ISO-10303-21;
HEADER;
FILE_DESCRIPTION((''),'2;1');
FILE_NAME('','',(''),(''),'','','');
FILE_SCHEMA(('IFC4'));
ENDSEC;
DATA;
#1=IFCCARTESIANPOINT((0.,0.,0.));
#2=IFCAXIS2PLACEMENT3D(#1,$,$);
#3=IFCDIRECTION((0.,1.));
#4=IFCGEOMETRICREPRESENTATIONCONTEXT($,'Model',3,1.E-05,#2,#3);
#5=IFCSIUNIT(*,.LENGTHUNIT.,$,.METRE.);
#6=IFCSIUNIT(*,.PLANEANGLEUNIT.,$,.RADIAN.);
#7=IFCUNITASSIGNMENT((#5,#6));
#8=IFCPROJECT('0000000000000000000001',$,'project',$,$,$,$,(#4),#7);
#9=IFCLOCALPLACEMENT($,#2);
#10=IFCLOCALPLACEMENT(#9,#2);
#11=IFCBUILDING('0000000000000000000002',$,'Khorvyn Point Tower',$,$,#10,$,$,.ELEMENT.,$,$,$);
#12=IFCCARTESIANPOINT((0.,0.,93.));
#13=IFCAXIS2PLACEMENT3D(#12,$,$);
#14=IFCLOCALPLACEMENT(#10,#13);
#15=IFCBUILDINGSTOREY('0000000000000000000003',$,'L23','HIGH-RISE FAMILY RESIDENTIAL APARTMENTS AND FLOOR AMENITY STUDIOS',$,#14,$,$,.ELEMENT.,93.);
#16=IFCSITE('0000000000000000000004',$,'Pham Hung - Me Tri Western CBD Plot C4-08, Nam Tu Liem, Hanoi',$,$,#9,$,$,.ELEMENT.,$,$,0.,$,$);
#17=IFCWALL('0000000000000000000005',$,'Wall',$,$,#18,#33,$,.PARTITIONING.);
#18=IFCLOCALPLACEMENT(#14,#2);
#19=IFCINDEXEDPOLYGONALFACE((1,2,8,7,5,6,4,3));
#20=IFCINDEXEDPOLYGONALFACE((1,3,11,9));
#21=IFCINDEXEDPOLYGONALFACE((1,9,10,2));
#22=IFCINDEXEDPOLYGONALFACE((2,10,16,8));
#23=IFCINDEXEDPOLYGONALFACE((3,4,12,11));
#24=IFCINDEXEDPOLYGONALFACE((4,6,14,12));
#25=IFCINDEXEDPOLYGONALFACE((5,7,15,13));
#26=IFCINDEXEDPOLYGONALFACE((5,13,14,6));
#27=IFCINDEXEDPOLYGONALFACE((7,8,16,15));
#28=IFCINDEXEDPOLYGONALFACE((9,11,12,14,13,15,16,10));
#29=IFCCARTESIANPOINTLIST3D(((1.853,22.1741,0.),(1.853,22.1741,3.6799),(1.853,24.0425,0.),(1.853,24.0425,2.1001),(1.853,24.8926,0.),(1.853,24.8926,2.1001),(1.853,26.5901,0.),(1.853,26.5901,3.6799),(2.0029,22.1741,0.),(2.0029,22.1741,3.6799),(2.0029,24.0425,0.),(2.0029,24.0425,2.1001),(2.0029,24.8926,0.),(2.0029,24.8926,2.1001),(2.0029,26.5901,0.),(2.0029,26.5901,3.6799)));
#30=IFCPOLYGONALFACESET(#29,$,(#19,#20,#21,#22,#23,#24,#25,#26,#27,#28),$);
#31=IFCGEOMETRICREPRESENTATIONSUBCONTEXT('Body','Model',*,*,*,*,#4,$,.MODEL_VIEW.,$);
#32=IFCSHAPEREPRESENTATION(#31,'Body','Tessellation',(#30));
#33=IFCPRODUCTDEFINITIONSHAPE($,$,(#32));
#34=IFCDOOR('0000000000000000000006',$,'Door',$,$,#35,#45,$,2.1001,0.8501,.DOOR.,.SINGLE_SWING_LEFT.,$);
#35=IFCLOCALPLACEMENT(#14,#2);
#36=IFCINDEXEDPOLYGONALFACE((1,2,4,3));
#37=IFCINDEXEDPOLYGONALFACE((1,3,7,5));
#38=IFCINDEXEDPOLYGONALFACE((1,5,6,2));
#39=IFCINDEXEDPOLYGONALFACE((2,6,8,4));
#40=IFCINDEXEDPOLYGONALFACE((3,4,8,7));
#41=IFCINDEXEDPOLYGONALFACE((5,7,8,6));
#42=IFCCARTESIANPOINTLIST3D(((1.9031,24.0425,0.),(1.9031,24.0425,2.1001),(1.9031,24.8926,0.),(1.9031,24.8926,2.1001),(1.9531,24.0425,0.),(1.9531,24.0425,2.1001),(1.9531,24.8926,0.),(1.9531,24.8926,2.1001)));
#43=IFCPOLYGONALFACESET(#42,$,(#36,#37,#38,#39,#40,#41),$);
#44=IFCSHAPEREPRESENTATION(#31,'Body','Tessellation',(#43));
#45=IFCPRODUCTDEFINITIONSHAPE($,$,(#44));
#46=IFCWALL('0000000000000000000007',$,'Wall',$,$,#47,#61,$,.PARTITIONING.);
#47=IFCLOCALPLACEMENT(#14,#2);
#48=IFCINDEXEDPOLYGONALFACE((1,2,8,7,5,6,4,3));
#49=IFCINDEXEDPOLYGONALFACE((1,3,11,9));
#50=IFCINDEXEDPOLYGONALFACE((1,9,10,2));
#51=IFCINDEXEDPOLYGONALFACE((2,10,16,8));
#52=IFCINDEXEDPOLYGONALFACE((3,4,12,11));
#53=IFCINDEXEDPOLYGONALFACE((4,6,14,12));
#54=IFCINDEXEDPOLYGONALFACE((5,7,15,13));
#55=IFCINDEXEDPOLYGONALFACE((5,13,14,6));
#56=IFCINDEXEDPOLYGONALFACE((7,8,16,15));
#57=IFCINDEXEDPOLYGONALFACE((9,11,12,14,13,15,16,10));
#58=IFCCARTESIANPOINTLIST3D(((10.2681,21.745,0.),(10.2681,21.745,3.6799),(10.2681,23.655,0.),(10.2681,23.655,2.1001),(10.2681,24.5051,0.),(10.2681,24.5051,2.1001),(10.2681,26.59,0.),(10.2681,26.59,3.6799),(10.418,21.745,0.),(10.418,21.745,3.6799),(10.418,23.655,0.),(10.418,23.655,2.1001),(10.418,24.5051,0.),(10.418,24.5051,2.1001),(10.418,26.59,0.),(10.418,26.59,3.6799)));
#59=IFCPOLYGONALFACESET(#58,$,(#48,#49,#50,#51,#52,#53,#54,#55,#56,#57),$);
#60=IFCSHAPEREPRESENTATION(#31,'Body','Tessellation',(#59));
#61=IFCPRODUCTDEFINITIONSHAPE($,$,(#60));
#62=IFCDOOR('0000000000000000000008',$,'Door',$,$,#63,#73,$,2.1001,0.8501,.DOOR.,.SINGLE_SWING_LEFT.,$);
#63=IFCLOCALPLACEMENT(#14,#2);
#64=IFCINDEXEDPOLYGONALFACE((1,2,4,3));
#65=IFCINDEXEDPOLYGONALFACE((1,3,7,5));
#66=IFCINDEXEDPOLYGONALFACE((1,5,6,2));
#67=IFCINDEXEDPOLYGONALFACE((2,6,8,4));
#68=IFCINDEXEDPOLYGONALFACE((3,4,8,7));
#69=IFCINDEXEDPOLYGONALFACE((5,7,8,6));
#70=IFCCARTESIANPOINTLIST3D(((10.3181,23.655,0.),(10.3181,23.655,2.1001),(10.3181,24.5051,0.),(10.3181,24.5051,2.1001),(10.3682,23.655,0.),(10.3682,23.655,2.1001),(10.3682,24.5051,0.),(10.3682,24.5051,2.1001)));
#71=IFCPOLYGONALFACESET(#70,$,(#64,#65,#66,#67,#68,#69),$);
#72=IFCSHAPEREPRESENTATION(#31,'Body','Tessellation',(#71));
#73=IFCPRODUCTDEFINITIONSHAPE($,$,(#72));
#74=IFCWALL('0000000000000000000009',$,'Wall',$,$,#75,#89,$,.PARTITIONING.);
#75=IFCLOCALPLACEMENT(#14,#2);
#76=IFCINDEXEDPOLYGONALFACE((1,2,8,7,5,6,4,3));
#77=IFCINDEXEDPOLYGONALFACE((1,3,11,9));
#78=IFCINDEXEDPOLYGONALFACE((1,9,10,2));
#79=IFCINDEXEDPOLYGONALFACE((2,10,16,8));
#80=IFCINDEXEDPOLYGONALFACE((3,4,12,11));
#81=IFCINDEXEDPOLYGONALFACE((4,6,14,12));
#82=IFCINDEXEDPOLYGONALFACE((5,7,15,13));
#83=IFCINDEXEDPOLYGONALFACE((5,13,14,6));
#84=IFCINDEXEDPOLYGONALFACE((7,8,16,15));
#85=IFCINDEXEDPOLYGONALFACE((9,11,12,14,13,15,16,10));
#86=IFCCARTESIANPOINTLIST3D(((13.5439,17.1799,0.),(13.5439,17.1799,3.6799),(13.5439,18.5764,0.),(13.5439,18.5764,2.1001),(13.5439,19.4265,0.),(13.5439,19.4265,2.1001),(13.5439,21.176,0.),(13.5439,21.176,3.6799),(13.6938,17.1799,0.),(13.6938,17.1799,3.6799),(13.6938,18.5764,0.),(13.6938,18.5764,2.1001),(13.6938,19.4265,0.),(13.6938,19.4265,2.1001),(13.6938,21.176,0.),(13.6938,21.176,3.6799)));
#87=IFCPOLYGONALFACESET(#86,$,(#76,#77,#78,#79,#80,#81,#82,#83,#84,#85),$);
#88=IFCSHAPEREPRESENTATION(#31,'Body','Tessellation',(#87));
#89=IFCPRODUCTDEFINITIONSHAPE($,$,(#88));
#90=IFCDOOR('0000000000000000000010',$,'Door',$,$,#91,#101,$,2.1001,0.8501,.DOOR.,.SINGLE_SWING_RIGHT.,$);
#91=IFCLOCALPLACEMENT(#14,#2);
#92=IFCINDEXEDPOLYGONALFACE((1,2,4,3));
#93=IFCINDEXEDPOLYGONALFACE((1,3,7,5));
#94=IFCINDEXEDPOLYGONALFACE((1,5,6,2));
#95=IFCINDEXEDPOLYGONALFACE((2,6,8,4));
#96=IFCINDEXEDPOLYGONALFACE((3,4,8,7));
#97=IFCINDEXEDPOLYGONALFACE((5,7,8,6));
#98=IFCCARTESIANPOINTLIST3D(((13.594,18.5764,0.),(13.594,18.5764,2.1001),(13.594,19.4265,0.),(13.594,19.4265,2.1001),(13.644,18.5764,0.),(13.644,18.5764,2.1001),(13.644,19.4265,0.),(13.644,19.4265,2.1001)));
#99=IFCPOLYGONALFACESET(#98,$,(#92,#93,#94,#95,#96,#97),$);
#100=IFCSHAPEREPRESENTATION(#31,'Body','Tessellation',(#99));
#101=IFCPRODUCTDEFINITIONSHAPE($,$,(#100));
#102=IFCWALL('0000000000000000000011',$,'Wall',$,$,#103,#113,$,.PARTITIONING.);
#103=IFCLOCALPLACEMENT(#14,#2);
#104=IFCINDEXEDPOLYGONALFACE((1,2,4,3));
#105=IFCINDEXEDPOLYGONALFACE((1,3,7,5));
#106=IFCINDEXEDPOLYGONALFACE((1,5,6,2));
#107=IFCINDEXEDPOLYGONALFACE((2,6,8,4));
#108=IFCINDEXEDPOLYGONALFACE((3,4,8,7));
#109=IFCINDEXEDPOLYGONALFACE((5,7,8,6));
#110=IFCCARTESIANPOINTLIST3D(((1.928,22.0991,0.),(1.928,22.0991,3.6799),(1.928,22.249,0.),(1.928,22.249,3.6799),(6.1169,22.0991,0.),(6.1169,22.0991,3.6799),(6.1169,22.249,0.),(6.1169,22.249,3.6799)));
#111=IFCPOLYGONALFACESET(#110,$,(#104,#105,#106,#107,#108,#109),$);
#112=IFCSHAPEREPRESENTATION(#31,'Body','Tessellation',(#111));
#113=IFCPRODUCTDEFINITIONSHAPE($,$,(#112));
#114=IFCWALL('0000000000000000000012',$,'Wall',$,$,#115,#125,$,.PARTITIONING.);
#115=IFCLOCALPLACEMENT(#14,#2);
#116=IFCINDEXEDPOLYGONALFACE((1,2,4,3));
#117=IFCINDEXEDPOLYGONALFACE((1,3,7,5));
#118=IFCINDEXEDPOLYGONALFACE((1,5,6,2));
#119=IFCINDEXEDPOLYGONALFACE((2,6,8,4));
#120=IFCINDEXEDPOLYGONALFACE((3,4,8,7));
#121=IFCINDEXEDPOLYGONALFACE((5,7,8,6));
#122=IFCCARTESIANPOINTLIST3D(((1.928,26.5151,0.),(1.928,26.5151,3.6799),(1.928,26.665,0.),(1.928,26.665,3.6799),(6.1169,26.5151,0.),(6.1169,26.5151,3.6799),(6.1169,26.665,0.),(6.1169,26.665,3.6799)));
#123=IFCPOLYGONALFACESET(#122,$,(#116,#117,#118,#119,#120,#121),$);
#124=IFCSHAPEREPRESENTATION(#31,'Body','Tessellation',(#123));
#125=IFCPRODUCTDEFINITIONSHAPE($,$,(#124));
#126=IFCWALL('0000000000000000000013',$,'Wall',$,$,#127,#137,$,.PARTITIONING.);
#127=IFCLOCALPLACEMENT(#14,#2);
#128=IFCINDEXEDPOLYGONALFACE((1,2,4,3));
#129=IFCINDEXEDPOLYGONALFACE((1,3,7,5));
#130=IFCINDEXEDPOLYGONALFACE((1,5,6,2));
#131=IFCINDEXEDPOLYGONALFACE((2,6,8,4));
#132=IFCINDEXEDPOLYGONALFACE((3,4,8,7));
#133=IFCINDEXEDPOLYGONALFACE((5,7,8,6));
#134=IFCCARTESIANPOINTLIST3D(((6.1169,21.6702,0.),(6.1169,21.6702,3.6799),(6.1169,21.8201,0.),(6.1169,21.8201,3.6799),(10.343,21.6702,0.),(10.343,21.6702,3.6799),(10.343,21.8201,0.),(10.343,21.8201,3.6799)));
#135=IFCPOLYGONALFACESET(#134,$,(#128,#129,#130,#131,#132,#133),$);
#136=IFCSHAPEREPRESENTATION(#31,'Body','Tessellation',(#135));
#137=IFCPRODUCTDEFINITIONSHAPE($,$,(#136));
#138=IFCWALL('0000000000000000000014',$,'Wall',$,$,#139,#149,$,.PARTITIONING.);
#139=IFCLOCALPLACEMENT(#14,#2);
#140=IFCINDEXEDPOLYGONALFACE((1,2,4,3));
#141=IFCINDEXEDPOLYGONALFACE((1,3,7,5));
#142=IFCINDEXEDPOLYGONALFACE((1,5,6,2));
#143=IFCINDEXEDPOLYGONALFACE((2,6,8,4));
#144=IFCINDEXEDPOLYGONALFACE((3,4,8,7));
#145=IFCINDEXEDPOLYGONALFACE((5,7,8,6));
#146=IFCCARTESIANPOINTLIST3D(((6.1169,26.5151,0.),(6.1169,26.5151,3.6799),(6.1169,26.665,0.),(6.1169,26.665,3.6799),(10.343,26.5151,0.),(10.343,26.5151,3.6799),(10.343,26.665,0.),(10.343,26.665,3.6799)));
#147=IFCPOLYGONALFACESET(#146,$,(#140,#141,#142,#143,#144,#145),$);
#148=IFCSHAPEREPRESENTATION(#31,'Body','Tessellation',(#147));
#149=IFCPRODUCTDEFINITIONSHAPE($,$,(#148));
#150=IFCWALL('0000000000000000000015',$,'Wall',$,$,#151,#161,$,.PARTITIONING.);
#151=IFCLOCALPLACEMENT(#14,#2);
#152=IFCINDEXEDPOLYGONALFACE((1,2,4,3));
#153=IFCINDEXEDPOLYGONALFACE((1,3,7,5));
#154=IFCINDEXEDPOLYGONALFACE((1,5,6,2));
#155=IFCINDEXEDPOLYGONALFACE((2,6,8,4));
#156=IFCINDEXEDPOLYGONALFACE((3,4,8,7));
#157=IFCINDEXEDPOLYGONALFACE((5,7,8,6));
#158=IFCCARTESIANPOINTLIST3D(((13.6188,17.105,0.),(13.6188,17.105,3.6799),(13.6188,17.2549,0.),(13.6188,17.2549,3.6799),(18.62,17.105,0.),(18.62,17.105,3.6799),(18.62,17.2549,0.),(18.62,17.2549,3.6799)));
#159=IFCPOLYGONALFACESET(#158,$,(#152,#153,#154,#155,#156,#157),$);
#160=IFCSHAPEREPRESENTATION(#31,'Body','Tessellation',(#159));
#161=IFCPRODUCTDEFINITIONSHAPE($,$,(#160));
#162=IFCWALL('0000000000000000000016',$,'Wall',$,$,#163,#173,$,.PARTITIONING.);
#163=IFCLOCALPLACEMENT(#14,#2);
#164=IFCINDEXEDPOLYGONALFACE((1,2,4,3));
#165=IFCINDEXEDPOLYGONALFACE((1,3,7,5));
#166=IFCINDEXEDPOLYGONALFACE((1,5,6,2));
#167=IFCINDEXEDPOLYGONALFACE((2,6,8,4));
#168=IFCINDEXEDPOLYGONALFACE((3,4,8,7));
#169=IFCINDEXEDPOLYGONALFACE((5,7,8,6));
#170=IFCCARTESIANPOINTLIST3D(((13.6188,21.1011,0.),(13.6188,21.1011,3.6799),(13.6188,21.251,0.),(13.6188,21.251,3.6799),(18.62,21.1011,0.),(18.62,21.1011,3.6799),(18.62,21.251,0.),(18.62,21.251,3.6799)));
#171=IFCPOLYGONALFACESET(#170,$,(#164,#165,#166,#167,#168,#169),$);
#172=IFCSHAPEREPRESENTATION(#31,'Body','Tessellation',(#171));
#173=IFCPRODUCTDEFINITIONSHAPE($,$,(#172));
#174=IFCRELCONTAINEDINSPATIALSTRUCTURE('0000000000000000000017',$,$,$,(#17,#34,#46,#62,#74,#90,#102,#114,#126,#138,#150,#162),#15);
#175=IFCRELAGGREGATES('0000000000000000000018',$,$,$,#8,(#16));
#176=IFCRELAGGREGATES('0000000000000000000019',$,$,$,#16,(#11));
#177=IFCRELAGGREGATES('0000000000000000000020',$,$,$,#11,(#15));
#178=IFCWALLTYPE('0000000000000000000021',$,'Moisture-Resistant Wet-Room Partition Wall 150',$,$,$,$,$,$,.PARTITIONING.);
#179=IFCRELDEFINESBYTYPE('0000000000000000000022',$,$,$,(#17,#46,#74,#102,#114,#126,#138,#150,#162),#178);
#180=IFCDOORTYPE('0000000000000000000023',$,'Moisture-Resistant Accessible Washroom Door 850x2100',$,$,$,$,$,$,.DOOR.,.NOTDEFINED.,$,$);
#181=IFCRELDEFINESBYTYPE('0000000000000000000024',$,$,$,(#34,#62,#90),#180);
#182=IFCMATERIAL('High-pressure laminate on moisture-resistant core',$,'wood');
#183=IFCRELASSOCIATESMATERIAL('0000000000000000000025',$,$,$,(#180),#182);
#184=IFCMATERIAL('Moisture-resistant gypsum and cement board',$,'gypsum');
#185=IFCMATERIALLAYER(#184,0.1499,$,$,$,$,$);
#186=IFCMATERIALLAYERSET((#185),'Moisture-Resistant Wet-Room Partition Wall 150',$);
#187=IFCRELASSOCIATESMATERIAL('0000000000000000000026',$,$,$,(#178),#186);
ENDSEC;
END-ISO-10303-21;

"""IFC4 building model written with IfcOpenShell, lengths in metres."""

from ifc_helpers import new_model, si_unit, direction, frame, frame_2d, origin, place, context, subcontext, project, spatial, rectangle, extrude, material, layer, layer_set, type_object, element, fill, save


model = new_model("IFC4")

# Units and contexts
model_context = context("Model", 3, precision=1e-05, world=origin(), true_north=direction((0.0, 1.0)))
body_context = subcontext(model_context, "Body", "Model", "MODEL_VIEW")
ifc_project = project(units=[si_unit("LENGTHUNIT", "METRE"), si_unit("PLANEANGLEUNIT", "RADIAN")], contexts=[model_context])

# Site, building, storey
site_placement = place(None, origin())
site = spatial("IfcSite", under=ifc_project, at=site_placement, Name="Pham Hung - Me Tri Western CBD Plot C4-08, Nam Tu Liem, Hanoi", CompositionType="ELEMENT", RefElevation=0.0)
building_placement = place(site_placement, origin())
building = spatial("IfcBuilding", under=site, at=building_placement, Name="Khorvyn Point Tower", CompositionType="ELEMENT")
storey_placement = place(building_placement, frame((0.0, 0.0, 93.0)))
storey = spatial("IfcBuildingStorey", under=building, at=storey_placement, Name="L23", Description="HIGH-RISE FAMILY RESIDENTIAL APARTMENTS AND FLOOR AMENITY STUDIOS", CompositionType="ELEMENT", Elevation=93.0)

# Walls, openings, doors
ifc_material_1 = material(Name="High-pressure laminate on moisture-resistant core", Category="wood")
door_type_1 = type_object("IfcDoorType", Name="Moisture-Resistant Accessible Washroom Door 850x2100", OperationType="NOTDEFINED", PredefinedType="DOOR", material=ifc_material_1)
ifc_material_2 = material(Name="Moisture-resistant gypsum and cement board", Category="gypsum")
ifc_layer_1 = layer(ifc_material_2, 0.1499)
ifc_layer_set_1 = layer_set([ifc_layer_1], Name="Moisture-Resistant Wet-Room Partition Wall 150")
wall_type_1 = type_object("IfcWallType", Name="Moisture-Resistant Wet-Room Partition Wall 150", PredefinedType="PARTITIONING", material=ifc_layer_set_1)
wall_1_placement = place(storey_placement, frame((1.928, 22.1741, 0.0), z_axis=(0.0, 0.0, 1.0), x_axis=(0.0, 1.0, 0.0)))
wall_1 = element("IfcWall", 1, at=wall_1_placement, inside=storey, type_object=wall_type_1, Name="Wall", PredefinedType="PARTITIONING", context=body_context, shape_type="SweptSolid", body=[
    extrude(rectangle(XDim=4.416, YDim=0.1499, at=frame_2d((2.208, 0.0))), origin(), (0.0, 0.0, 1.0), 3.6799),
])
opening_1_placement = place(wall_1_placement, frame((1.8684, 0.0, 0.0)))
opening_1 = element("IfcOpeningElement", 2, at=opening_1_placement, cuts=wall_1, PredefinedType="OPENING", context=body_context, shape_type="SweptSolid", body=[
    extrude(rectangle(XDim=0.8501, YDim=2.1001, at=frame_2d((0.425, 1.05))), frame((0.0, 0.085, 0.0), z_axis=(0.0, -1.0, 0.0), x_axis=(1.0, 0.0, 0.0)), (0.0, 0.0, 1.0), 0.1699),
])
door_1_placement = place(opening_1_placement, origin())
door_1 = element("IfcDoor", 3, at=door_1_placement, inside=storey, type_object=door_type_1, Name="Door", OperationType="SINGLE_SWING_LEFT", OverallHeight=2.1001, OverallWidth=0.8501, PredefinedType="DOOR", context=body_context, shape_type="SweptSolid", body=[
    extrude(rectangle(XDim=0.8501, YDim=2.1001, at=frame_2d((0.425, 1.05))), frame((0.0, 0.0249, 0.0), z_axis=(0.0, -1.0, 0.0), x_axis=(1.0, 0.0, 0.0)), (0.0, 0.0, 1.0), 0.05),
])
fill(opening_1, door_1)
wall_2_placement = place(storey_placement, frame((10.343, 21.7451, 0.0), z_axis=(0.0, 0.0, 1.0), x_axis=(0.0, 1.0, 0.0)))
wall_2 = element("IfcWall", 4, at=wall_2_placement, inside=storey, type_object=wall_type_1, Name="Wall", PredefinedType="PARTITIONING", context=body_context, shape_type="SweptSolid", body=[
    extrude(rectangle(XDim=4.845, YDim=0.1499, at=frame_2d((2.4224, 0.0))), origin(), (0.0, 0.0, 1.0), 3.6799),
])
opening_2_placement = place(wall_2_placement, frame((1.9099, 0.0, 0.0)))
opening_2 = element("IfcOpeningElement", 5, at=opening_2_placement, cuts=wall_2, PredefinedType="OPENING", context=body_context, shape_type="SweptSolid", body=[
    extrude(rectangle(XDim=0.8501, YDim=2.1001, at=frame_2d((0.425, 1.05))), frame((0.0, 0.085, 0.0), z_axis=(0.0, -1.0, 0.0), x_axis=(1.0, 0.0, 0.0)), (0.0, 0.0, 1.0), 0.1699),
])
door_2_placement = place(opening_2_placement, origin())
door_2 = element("IfcDoor", 6, at=door_2_placement, inside=storey, type_object=door_type_1, Name="Door", OperationType="SINGLE_SWING_LEFT", OverallHeight=2.1001, OverallWidth=0.8501, PredefinedType="DOOR", context=body_context, shape_type="SweptSolid", body=[
    extrude(rectangle(XDim=0.8501, YDim=2.1001, at=frame_2d((0.425, 1.05))), frame((0.0, 0.0249, 0.0), z_axis=(0.0, -1.0, 0.0), x_axis=(1.0, 0.0, 0.0)), (0.0, 0.0, 1.0), 0.05),
])
fill(opening_2, door_2)
wall_3_placement = place(storey_placement, frame((13.6189, 17.1799, 0.0), z_axis=(0.0, 0.0, 1.0), x_axis=(0.0, 1.0, 0.0)))
wall_3 = element("IfcWall", 7, at=wall_3_placement, inside=storey, type_object=wall_type_1, Name="Wall", PredefinedType="PARTITIONING", context=body_context, shape_type="SweptSolid", body=[
    extrude(rectangle(XDim=3.9961, YDim=0.1499, at=frame_2d((1.998, 0.0))), origin(), (0.0, 0.0, 1.0), 3.6799),
])
opening_3_placement = place(wall_3_placement, frame((1.3965, 0.0, 0.0)))
opening_3 = element("IfcOpeningElement", 8, at=opening_3_placement, cuts=wall_3, PredefinedType="OPENING", context=body_context, shape_type="SweptSolid", body=[
    extrude(rectangle(XDim=0.8501, YDim=2.1001, at=frame_2d((0.425, 1.05))), frame((0.0, 0.085, 0.0), z_axis=(0.0, -1.0, 0.0), x_axis=(1.0, 0.0, 0.0)), (0.0, 0.0, 1.0), 0.1699),
])
door_3_placement = place(opening_3_placement, origin())
door_3 = element("IfcDoor", 9, at=door_3_placement, inside=storey, type_object=door_type_1, Name="Door", OperationType="SINGLE_SWING_RIGHT", OverallHeight=2.1001, OverallWidth=0.8501, PredefinedType="DOOR", context=body_context, shape_type="SweptSolid", body=[
    extrude(rectangle(XDim=0.8501, YDim=2.1001, at=frame_2d((0.425, 1.05))), frame((0.0, 0.0249, 0.0), z_axis=(0.0, -1.0, 0.0), x_axis=(1.0, 0.0, 0.0)), (0.0, 0.0, 1.0), 0.05),
])
fill(opening_3, door_3)

# Walls
for number, where, z_axis, x_axis, name in (
    (10, (1.928, 22.1741, 0.0), (0.0, 0.0, 1.0), (1.0, 0.0, 0.0), "Wall"),
    (11, (1.928, 26.5901, 0.0), (0.0, 0.0, 1.0), (1.0, 0.0, 0.0), "Wall"),
):
    element("IfcWall", number, at=place(storey_placement, frame(where, z_axis=z_axis, x_axis=x_axis)), inside=storey, type_object=wall_type_1, Name=name, PredefinedType="PARTITIONING", context=body_context, shape_type="SweptSolid", body=[
        extrude(rectangle(XDim=4.189, YDim=0.1499, at=frame_2d((2.0945, 0.0))), origin(), (0.0, 0.0, 1.0), 3.6799),
    ])
for number, where, z_axis, x_axis, name in (
    (12, (6.1169, 21.7451, 0.0), (0.0, 0.0, 1.0), (1.0, 0.0, 0.0), "Wall"),
    (13, (6.1169, 26.5901, 0.0), (0.0, 0.0, 1.0), (1.0, 0.0, 0.0), "Wall"),
):
    element("IfcWall", number, at=place(storey_placement, frame(where, z_axis=z_axis, x_axis=x_axis)), inside=storey, type_object=wall_type_1, Name=name, PredefinedType="PARTITIONING", context=body_context, shape_type="SweptSolid", body=[
        extrude(rectangle(XDim=4.2261, YDim=0.1499, at=frame_2d((2.113, 0.0))), origin(), (0.0, 0.0, 1.0), 3.6799),
    ])
for number, where, z_axis, x_axis, name in (
    (14, (13.6189, 17.1799, 0.0), (0.0, 0.0, 1.0), (1.0, 0.0, 0.0), "Wall"),
    (15, (13.6189, 21.176, 0.0), (0.0, 0.0, 1.0), (1.0, 0.0, 0.0), "Wall"),
):
    element("IfcWall", number, at=place(storey_placement, frame(where, z_axis=z_axis, x_axis=x_axis)), inside=storey, type_object=wall_type_1, Name=name, PredefinedType="PARTITIONING", context=body_context, shape_type="SweptSolid", body=[
        extrude(rectangle(XDim=5.0012, YDim=0.1499, at=frame_2d((2.5005, 0.0))), origin(), (0.0, 0.0, 1.0), 3.6799),
    ])

save(model, "model.ifc")
